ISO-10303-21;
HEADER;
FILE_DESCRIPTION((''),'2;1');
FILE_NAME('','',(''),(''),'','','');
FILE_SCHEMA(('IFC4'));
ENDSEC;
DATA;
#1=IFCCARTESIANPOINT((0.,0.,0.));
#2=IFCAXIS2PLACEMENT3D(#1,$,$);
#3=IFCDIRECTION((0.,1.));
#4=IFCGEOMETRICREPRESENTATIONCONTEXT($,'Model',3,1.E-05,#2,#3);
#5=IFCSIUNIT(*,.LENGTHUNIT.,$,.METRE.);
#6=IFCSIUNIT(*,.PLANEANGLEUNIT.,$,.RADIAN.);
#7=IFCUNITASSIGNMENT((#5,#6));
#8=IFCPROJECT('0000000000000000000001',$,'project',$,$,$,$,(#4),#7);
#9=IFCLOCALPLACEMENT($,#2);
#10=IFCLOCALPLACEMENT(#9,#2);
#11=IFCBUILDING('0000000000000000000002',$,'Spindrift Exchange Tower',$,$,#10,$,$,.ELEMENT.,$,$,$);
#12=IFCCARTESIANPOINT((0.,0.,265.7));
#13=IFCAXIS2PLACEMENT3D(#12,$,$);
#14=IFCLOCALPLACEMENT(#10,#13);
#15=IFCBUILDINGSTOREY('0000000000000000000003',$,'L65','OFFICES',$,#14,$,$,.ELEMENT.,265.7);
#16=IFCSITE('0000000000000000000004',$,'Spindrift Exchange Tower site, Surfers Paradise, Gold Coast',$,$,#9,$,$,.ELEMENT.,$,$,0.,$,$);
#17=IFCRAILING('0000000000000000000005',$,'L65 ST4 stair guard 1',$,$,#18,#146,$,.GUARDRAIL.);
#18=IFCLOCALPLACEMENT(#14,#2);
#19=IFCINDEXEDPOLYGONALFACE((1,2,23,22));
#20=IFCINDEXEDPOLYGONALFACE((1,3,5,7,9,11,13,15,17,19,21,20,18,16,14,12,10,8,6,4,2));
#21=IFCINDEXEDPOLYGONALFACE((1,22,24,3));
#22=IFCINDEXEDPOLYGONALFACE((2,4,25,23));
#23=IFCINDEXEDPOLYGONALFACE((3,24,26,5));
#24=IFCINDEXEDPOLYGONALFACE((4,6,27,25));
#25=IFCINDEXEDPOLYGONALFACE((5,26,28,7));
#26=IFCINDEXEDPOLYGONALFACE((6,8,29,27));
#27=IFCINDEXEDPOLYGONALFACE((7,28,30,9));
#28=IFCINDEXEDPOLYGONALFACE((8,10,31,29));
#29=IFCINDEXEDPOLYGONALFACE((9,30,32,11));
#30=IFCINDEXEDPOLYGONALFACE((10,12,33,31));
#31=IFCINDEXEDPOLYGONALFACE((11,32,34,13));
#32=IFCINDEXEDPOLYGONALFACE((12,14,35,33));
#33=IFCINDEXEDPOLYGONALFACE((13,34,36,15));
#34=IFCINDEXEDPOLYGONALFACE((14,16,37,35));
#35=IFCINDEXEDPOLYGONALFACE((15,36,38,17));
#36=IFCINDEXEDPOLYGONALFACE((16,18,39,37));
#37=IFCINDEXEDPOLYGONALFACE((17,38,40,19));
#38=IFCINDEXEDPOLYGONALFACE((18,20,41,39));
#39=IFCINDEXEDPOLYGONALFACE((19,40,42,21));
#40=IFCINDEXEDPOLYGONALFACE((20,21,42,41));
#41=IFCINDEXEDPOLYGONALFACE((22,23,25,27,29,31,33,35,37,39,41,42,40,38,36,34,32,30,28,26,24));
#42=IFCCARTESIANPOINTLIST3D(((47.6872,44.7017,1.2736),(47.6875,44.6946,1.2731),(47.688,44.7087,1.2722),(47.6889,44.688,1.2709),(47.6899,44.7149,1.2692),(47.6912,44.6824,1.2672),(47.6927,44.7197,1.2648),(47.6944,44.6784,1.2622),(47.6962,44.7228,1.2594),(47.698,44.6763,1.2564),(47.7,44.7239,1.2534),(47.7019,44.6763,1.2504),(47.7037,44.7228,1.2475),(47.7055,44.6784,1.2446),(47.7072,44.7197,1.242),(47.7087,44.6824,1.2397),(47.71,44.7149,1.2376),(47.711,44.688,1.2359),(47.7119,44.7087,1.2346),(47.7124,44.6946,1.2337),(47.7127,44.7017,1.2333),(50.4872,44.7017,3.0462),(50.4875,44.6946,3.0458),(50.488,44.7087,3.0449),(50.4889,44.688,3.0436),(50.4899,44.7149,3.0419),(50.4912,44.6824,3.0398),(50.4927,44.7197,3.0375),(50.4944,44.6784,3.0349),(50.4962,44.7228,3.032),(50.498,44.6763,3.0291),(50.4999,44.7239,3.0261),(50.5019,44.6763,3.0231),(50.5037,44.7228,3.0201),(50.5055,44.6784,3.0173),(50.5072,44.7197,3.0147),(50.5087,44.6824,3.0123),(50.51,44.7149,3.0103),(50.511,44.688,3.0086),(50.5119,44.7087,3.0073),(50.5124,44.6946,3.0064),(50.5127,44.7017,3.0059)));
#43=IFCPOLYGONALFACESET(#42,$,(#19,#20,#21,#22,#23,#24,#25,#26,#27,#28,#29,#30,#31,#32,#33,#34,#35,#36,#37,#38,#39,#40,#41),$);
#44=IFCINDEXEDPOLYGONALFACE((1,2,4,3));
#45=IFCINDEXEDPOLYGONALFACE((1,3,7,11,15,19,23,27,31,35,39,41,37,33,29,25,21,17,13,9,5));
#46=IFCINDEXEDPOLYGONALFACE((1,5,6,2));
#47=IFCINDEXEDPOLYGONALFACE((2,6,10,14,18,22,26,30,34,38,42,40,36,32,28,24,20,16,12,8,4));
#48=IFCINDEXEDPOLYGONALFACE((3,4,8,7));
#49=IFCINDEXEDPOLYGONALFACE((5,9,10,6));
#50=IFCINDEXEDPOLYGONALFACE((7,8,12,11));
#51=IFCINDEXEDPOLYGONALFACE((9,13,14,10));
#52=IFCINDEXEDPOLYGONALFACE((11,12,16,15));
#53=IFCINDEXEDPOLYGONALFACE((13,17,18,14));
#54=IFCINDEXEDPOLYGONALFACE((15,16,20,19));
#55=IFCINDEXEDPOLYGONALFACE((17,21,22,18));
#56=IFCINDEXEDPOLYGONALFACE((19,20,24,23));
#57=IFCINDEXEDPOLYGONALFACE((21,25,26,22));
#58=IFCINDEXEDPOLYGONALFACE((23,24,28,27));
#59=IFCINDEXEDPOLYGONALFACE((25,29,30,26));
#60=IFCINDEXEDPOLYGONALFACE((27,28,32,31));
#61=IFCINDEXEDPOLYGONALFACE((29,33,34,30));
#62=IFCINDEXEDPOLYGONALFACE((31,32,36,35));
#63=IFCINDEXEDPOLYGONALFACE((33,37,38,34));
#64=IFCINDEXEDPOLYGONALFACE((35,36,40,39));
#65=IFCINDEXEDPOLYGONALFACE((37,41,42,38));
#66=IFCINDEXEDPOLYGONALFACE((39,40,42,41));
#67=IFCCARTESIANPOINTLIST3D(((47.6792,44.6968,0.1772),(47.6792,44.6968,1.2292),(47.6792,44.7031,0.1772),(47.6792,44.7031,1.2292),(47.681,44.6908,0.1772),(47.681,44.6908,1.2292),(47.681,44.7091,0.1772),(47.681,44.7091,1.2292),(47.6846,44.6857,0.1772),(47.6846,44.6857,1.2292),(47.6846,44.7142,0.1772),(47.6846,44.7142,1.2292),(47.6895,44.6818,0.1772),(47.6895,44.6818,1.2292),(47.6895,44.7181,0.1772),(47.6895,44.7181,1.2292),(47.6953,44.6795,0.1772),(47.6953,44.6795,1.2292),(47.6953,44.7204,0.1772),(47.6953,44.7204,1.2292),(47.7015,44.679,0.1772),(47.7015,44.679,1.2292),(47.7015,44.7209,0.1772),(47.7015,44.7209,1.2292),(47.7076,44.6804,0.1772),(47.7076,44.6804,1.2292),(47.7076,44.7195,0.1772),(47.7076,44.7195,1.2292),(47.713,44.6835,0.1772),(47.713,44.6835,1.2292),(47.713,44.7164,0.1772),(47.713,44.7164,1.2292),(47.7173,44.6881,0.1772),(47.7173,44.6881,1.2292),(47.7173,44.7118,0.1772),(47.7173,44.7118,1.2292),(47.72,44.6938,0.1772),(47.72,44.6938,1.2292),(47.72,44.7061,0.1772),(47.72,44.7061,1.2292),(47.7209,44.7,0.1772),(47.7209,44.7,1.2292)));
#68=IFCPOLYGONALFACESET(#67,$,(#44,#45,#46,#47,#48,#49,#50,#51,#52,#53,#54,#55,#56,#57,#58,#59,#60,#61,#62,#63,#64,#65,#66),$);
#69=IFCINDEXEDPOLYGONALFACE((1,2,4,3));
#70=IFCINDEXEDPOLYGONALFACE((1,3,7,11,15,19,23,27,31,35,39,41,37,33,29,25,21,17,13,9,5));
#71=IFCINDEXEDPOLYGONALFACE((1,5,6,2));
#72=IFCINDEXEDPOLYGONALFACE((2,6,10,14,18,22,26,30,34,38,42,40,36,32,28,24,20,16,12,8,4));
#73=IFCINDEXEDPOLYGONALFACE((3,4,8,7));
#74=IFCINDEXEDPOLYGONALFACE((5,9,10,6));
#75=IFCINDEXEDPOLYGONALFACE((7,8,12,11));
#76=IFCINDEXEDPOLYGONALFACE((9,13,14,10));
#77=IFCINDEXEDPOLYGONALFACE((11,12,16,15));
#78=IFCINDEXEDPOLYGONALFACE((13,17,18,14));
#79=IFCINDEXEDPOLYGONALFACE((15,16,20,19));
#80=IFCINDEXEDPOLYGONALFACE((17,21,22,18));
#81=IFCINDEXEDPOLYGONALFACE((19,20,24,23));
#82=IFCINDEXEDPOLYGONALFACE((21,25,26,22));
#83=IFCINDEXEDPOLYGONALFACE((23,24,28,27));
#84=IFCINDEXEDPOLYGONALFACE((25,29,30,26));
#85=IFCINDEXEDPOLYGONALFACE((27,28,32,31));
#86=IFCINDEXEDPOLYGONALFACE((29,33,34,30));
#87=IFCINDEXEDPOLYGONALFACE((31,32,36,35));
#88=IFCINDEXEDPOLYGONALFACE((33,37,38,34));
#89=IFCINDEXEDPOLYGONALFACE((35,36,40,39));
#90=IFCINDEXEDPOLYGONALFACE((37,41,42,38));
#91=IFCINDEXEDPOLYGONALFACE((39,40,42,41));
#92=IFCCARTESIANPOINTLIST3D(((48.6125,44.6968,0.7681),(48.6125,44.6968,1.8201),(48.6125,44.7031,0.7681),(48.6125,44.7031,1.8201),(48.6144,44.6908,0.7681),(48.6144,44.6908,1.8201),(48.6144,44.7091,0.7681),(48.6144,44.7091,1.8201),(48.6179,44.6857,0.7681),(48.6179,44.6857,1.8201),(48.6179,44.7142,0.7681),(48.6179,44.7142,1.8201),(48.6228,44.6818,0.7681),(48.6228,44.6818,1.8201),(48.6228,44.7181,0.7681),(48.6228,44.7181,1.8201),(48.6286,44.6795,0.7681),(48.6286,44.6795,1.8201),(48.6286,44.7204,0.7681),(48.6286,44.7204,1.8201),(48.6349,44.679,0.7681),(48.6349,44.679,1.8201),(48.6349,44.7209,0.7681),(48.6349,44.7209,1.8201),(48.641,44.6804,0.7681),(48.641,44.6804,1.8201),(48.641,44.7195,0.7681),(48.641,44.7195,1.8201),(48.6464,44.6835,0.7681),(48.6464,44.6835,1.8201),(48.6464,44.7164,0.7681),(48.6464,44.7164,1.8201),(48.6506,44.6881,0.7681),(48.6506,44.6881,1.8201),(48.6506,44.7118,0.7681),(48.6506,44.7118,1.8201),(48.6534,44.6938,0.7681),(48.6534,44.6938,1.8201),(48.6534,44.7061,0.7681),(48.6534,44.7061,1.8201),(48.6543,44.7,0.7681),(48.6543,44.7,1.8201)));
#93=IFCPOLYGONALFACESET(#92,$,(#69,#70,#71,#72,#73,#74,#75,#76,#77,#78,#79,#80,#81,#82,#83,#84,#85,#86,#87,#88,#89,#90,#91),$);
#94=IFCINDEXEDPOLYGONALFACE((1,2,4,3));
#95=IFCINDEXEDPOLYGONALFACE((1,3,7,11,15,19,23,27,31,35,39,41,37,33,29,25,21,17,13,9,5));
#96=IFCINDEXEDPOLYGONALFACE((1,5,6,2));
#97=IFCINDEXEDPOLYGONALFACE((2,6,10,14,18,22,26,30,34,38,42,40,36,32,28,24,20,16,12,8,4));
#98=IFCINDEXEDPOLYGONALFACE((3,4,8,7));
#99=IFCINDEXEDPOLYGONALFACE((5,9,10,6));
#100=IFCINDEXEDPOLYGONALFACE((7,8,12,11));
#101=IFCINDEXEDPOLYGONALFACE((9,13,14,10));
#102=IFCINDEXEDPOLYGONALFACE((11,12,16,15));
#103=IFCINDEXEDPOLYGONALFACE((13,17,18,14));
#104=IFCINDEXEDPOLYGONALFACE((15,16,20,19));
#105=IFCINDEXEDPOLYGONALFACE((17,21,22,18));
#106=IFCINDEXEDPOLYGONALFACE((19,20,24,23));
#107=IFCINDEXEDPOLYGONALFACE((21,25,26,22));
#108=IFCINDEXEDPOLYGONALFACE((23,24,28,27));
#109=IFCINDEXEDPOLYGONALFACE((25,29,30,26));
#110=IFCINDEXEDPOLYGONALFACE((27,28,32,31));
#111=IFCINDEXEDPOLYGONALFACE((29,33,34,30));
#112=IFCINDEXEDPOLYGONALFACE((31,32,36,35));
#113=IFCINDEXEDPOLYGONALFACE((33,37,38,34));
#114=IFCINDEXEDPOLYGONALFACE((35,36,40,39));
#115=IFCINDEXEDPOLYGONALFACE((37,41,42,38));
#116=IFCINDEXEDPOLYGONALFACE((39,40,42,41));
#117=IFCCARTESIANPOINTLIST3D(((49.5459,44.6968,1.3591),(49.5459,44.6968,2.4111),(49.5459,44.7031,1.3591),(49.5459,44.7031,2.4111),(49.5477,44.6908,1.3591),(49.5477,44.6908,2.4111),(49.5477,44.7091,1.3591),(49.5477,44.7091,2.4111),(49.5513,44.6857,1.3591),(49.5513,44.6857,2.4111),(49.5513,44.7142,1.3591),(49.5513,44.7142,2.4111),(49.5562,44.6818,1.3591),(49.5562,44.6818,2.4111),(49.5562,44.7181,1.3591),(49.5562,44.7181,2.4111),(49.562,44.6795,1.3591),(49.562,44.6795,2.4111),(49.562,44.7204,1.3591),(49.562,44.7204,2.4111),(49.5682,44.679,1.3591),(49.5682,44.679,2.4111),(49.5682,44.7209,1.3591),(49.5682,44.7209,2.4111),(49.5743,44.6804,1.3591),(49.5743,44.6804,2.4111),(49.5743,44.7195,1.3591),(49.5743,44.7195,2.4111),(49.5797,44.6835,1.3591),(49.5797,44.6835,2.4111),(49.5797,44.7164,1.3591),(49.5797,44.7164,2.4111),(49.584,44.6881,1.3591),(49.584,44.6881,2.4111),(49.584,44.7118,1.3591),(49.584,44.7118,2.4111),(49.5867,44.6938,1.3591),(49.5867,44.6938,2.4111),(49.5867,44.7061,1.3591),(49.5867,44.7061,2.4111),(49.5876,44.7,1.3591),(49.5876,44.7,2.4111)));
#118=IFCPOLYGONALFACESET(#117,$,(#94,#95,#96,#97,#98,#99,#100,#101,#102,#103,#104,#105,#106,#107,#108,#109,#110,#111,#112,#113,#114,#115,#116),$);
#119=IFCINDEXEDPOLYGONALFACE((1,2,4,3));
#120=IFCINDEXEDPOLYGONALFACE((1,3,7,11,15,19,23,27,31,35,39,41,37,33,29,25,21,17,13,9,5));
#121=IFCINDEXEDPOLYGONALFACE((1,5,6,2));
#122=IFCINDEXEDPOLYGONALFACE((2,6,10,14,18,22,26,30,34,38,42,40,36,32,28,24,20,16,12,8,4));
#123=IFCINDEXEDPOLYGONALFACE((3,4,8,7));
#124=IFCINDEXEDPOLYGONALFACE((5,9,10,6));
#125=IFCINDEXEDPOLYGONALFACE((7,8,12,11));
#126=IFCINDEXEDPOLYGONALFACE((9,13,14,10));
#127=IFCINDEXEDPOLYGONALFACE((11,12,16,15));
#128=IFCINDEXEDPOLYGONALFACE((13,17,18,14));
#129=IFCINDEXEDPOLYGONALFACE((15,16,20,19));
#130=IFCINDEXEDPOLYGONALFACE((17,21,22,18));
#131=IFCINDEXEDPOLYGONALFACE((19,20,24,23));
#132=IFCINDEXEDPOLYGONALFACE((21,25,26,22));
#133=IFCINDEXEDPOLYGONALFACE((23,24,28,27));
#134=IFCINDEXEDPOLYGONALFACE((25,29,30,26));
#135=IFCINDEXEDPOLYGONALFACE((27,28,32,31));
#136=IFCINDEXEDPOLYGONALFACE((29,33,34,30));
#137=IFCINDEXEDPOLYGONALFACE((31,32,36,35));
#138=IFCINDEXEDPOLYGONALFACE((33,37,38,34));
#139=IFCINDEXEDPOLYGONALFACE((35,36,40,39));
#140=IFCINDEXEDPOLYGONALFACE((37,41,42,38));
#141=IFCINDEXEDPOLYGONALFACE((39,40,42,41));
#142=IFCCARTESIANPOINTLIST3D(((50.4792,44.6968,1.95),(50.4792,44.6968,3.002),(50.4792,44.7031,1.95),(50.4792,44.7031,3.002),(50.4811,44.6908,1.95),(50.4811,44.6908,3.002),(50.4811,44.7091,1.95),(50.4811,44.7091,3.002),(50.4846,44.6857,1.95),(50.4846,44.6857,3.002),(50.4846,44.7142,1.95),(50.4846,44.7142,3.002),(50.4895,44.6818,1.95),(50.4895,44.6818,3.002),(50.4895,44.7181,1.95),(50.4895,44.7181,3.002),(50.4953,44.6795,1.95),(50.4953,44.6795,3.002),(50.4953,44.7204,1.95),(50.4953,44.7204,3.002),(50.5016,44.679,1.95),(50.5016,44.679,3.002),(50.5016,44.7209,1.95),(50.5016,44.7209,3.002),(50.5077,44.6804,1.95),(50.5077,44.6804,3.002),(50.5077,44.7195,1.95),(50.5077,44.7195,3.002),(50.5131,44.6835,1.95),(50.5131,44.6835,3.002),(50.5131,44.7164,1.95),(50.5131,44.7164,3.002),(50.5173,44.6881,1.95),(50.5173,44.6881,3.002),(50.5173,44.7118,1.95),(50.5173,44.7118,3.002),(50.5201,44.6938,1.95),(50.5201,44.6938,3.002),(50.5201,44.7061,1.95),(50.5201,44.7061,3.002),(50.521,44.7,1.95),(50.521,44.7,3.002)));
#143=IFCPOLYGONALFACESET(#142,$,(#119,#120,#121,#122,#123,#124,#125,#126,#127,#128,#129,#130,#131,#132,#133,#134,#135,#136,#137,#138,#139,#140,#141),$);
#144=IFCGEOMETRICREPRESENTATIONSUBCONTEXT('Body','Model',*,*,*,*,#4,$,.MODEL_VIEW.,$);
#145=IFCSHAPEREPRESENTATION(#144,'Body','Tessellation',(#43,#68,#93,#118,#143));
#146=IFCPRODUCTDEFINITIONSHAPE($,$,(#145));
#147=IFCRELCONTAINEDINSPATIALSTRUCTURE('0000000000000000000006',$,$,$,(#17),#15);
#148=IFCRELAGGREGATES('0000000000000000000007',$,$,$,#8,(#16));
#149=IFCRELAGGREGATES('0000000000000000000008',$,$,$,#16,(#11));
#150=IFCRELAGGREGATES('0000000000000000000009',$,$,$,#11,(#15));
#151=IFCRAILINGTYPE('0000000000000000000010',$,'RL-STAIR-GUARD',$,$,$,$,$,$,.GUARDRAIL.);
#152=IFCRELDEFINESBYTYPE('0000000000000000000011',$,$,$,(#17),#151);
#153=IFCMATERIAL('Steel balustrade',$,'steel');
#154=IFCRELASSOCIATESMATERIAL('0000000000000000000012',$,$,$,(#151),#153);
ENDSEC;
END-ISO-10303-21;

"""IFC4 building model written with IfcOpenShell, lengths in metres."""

from ifc_helpers import new_model, si_unit, direction, frame, origin, origin_2d, place, context, subcontext, project, spatial, circle, extrude, material, type_object, element, save


model = new_model("IFC4")

# Units and contexts
model_context = context("Model", 3, precision=1e-05, world=origin(), true_north=direction((0.0, 1.0)))
body_context = subcontext(model_context, "Body", "Model", "MODEL_VIEW")
ifc_project = project(units=[si_unit("LENGTHUNIT", "METRE"), si_unit("PLANEANGLEUNIT", "RADIAN")], contexts=[model_context])

# Site, building, storey
site_placement = place(None, origin())
site = spatial("IfcSite", under=ifc_project, at=site_placement, Name="Spindrift Exchange Tower site, Surfers Paradise, Gold Coast", CompositionType="ELEMENT", RefElevation=0.0)
building_placement = place(site_placement, origin())
building = spatial("IfcBuilding", under=site, at=building_placement, Name="Spindrift Exchange Tower", CompositionType="ELEMENT")
storey_placement = place(building_placement, frame((0.0, 0.0, 265.7)))
storey = spatial("IfcBuildingStorey", under=building, at=storey_placement, Name="L65", Description="OFFICES", CompositionType="ELEMENT", Elevation=265.7)

# Railing
ifc_material_1 = material(Name="Steel balustrade", Category="steel")
railing_type_1 = type_object("IfcRailingType", Name="RL-STAIR-GUARD", PredefinedType="GUARDRAIL", material=ifc_material_1)
railing_1_placement = place(storey_placement, frame((47.7, 44.7, 0.1772)))
element("IfcRailing", 1, at=railing_1_placement, inside=storey, type_object=railing_type_1, Name="L65 ST4 stair guard 1", PredefinedType="GUARDRAIL", context=body_context, shape_type="SweptSolid", body=[
    extrude(circle(Radius=0.0239, at=origin_2d()), frame((0.0, 0.0, 1.0762), z_axis=(0.844909, 0.0, 0.53491), x_axis=(0.0, 1.0, 0.0)), (0.0, 0.0, 1.0), 3.314),
    extrude(circle(Radius=0.021, at=origin_2d()), origin(), (0.0, 0.0, 1.0), 1.052),
    extrude(circle(Radius=0.021, at=origin_2d()), frame((0.9333, 0.0, 0.5908)), (0.0, 0.0, 1.0), 1.052),
    extrude(circle(Radius=0.021, at=origin_2d()), frame((1.8667, 0.0, 1.1819)), (0.0, 0.0, 1.0), 1.052),
    extrude(circle(Radius=0.021, at=origin_2d()), frame((2.8, 0.0, 1.7727)), (0.0, 0.0, 1.0), 1.052),
])

save(model, "model.ifc")
